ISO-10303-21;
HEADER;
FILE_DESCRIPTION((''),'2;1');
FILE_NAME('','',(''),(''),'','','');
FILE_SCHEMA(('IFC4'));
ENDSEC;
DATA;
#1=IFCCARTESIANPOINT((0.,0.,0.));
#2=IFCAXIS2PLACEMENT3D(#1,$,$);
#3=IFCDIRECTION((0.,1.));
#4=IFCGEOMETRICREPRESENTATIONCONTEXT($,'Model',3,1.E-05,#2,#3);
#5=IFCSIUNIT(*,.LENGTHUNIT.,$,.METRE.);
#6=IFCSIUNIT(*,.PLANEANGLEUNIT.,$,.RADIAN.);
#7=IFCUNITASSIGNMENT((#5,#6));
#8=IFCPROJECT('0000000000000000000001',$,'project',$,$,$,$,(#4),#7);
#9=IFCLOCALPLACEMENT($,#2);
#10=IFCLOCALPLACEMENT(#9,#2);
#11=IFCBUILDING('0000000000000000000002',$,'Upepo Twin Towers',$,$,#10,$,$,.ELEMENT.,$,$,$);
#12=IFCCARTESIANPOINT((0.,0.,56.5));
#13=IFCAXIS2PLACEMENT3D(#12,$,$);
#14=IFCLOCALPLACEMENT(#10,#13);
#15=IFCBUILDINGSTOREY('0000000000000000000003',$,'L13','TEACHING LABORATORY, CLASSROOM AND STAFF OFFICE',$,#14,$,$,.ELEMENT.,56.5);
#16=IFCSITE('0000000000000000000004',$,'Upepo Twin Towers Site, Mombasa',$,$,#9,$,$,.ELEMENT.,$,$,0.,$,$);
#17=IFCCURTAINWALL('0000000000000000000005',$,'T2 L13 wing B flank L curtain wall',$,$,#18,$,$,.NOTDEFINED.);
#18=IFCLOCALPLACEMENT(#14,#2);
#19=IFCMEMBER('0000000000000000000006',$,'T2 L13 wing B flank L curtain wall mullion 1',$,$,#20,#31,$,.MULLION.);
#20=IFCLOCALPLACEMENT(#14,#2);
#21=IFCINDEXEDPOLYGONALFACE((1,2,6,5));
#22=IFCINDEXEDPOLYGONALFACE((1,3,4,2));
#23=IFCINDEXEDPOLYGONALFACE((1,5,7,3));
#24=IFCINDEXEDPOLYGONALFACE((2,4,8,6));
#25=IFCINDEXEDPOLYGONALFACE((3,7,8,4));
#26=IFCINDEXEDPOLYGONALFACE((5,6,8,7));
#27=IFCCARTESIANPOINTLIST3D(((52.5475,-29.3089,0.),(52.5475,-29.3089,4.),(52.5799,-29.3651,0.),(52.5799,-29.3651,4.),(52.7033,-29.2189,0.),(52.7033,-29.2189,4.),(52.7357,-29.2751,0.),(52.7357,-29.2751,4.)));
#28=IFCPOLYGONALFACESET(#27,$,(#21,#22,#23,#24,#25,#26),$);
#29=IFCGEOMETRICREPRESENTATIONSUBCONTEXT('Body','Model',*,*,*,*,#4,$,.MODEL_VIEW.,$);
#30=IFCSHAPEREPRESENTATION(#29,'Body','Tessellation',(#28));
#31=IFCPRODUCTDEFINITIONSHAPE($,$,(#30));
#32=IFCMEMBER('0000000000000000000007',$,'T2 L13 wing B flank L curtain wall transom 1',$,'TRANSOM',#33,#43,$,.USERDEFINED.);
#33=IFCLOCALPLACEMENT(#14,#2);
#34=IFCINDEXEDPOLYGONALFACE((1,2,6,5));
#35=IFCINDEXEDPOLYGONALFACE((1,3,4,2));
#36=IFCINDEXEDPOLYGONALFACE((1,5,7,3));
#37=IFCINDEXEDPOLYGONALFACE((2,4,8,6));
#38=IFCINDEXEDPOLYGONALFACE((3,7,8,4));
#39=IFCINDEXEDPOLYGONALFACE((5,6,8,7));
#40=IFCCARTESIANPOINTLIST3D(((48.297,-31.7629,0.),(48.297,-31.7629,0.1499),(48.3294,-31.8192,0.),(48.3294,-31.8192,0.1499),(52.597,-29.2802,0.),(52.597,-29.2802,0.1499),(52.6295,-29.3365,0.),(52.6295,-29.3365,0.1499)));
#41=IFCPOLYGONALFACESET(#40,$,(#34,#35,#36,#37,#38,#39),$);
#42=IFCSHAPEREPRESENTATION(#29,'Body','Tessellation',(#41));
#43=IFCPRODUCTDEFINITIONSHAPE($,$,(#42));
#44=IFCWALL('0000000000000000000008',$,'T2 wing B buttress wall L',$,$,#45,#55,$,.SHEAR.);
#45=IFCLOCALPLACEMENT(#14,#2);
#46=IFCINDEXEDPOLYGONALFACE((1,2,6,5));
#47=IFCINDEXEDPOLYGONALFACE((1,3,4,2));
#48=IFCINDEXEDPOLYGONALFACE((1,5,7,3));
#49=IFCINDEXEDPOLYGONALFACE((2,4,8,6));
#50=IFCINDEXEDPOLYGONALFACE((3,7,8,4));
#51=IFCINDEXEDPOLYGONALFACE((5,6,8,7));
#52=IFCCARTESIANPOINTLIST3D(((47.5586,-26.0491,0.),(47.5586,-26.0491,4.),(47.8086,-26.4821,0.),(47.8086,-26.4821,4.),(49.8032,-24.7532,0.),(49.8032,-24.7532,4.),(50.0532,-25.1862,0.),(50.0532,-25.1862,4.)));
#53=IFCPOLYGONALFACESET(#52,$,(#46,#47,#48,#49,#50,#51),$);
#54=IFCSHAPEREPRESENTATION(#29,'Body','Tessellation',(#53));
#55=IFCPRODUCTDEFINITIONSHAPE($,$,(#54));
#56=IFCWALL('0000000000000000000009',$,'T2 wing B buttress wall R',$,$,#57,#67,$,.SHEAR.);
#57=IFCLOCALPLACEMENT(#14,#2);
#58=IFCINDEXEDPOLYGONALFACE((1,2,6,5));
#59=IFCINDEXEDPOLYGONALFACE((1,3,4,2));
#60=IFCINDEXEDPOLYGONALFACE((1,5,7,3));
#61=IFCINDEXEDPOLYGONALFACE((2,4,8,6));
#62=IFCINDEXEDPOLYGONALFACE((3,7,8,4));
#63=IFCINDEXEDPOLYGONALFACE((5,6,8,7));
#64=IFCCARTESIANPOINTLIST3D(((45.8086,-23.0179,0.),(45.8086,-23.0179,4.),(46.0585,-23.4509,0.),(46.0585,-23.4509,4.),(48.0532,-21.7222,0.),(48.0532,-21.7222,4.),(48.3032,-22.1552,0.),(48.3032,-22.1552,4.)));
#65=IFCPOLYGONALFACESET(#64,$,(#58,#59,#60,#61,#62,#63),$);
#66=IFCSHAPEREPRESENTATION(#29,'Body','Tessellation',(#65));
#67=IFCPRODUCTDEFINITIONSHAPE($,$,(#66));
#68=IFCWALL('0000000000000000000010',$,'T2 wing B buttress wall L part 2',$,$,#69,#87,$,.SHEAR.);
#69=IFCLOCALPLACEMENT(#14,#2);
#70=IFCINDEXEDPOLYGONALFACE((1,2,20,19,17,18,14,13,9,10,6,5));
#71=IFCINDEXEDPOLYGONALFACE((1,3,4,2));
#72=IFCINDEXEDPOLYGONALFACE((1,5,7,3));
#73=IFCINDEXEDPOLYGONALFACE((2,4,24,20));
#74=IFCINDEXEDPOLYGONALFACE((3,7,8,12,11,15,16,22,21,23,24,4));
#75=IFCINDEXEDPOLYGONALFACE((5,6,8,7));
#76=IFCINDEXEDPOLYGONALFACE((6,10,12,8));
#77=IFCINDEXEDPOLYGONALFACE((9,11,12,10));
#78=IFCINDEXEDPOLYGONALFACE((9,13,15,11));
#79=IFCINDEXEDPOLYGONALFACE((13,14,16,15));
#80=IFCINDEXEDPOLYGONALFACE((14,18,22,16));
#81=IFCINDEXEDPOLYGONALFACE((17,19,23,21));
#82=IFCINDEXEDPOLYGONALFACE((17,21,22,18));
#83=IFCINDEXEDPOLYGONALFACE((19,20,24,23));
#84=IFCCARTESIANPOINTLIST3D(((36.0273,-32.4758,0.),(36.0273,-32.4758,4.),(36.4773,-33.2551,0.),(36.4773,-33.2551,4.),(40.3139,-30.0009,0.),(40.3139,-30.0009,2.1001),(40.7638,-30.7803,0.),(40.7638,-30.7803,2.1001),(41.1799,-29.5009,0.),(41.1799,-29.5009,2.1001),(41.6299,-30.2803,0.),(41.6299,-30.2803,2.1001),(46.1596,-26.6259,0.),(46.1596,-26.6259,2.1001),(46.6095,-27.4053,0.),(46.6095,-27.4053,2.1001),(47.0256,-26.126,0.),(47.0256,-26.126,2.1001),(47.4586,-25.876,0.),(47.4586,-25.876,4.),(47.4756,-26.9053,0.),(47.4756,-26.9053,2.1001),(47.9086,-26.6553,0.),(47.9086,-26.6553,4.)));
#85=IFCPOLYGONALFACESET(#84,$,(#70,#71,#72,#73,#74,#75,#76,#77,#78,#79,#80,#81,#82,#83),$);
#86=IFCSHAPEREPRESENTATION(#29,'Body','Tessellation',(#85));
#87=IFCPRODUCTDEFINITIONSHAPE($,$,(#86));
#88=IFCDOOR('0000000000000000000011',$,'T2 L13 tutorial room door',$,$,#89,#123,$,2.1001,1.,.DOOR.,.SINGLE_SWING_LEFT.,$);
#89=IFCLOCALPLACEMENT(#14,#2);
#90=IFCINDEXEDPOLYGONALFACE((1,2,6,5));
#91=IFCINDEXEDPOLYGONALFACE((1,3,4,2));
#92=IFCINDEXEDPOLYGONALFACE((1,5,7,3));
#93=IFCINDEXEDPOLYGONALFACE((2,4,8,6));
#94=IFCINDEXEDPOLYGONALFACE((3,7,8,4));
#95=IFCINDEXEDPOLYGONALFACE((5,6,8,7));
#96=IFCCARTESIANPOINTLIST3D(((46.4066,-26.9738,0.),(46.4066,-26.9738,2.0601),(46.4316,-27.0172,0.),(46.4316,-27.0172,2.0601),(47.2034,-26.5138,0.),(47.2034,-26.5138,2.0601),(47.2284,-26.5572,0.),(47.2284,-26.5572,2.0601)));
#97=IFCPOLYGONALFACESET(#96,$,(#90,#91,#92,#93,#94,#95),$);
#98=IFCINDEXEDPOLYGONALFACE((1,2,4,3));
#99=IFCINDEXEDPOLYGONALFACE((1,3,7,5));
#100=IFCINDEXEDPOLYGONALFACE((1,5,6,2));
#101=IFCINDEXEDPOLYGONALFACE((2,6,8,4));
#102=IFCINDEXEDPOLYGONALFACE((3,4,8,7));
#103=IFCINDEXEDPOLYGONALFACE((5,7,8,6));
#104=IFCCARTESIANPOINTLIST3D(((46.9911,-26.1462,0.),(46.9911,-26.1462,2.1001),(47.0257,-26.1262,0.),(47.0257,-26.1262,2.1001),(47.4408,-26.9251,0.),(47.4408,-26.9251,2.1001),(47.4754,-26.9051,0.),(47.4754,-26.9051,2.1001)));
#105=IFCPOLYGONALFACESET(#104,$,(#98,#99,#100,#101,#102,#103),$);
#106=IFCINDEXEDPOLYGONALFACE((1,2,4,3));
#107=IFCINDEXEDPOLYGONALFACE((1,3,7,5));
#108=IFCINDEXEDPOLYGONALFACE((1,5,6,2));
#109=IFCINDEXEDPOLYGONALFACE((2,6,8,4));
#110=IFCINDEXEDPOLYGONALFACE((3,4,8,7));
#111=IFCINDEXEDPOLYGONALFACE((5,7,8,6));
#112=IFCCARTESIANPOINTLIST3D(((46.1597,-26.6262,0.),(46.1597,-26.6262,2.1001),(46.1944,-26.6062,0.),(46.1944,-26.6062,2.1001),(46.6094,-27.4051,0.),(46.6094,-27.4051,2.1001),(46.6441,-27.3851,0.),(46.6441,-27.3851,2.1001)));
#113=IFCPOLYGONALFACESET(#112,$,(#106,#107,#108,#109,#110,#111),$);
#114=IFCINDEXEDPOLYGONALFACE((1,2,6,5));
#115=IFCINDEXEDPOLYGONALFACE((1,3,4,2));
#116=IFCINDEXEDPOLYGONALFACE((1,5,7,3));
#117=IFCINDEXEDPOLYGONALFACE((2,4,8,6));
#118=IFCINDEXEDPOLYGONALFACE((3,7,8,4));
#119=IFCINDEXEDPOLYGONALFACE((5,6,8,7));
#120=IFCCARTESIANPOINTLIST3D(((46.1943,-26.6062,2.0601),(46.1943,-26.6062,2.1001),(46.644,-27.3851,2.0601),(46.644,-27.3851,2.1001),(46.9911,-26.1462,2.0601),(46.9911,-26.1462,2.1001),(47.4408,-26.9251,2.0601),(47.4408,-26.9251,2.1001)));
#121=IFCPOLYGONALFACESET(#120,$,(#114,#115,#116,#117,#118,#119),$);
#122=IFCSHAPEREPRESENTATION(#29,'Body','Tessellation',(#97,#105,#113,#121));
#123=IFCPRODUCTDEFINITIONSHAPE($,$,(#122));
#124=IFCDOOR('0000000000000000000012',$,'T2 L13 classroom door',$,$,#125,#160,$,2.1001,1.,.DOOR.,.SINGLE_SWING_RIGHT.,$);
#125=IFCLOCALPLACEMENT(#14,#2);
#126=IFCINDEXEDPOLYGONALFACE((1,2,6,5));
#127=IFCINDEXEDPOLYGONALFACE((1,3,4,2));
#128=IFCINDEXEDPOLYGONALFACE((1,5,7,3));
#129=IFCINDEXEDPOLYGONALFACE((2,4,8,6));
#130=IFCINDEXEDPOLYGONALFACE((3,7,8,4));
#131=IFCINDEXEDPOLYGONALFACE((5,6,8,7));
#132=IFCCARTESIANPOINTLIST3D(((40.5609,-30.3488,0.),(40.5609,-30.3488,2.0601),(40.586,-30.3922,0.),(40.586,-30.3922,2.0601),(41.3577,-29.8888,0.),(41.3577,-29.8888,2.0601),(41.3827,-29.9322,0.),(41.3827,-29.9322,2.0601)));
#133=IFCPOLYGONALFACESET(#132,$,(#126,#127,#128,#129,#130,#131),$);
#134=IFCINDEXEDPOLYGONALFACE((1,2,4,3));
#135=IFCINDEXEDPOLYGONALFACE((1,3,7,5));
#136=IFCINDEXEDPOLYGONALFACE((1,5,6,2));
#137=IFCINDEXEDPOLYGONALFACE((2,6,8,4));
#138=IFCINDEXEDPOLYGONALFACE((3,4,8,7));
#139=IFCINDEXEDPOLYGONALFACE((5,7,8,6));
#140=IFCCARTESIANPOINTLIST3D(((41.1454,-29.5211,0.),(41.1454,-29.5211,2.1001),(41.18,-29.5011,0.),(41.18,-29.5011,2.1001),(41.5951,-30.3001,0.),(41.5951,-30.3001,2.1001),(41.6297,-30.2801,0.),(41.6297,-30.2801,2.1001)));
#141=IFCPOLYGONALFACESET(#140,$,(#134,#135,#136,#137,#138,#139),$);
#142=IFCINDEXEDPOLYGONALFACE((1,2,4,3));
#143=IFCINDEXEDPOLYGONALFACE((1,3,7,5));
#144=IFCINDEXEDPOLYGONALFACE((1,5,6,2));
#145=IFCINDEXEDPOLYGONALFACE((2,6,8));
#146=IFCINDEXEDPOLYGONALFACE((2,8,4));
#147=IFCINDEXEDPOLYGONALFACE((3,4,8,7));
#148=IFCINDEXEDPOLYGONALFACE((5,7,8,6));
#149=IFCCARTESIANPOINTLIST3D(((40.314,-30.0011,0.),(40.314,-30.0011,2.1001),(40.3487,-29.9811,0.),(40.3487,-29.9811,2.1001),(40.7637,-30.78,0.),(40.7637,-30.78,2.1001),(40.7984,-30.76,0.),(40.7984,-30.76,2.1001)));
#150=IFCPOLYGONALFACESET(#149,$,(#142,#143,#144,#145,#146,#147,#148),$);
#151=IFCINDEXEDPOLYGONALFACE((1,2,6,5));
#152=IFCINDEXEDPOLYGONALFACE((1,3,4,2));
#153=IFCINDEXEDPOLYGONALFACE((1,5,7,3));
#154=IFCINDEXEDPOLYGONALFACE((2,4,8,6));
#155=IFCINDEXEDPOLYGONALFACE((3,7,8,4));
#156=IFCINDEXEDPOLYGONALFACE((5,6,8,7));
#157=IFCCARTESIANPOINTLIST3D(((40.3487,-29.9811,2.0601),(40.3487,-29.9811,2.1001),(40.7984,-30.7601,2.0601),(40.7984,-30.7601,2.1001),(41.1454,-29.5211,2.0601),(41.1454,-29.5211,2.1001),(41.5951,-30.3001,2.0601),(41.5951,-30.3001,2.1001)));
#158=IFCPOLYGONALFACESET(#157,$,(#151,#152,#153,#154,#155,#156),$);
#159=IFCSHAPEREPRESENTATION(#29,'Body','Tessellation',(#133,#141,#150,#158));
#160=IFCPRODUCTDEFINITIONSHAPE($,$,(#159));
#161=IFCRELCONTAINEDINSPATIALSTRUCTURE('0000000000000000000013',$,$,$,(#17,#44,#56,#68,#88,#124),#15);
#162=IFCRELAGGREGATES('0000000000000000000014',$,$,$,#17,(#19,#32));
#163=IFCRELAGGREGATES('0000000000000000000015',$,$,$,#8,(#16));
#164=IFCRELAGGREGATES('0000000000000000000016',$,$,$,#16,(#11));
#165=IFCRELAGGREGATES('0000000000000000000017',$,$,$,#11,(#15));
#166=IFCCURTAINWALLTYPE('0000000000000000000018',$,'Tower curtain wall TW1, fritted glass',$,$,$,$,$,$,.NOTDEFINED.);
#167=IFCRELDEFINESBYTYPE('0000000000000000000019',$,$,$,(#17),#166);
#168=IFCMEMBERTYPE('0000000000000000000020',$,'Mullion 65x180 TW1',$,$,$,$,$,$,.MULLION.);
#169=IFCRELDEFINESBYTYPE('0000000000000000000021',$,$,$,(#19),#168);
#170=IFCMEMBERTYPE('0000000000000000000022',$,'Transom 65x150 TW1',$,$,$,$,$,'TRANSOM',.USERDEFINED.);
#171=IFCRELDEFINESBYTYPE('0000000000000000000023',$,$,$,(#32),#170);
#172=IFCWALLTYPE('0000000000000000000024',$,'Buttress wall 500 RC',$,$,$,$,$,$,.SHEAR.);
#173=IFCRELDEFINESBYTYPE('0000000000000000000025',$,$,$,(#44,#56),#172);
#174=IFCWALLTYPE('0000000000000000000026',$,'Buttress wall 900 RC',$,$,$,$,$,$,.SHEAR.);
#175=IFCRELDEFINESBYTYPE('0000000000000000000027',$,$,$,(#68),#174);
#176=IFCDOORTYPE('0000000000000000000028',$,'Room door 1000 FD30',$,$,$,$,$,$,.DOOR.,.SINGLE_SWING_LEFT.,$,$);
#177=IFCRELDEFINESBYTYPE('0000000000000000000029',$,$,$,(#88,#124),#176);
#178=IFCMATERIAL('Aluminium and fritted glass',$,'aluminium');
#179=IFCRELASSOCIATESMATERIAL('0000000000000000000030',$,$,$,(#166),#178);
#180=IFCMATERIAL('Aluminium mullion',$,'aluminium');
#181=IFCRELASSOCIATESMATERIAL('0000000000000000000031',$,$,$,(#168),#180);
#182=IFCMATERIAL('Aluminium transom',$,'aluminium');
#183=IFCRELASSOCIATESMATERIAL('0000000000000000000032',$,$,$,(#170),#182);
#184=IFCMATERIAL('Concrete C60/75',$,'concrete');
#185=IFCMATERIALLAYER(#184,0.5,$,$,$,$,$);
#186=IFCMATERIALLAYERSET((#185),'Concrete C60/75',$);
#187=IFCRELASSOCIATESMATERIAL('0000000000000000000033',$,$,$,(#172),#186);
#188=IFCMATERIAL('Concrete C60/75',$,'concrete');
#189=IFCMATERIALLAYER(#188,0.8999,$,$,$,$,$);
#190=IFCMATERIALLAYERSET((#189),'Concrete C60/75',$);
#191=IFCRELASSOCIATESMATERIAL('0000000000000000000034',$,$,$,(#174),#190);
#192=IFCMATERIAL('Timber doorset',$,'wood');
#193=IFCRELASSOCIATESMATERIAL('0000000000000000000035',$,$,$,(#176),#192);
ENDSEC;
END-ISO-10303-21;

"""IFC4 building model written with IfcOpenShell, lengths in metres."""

from ifc_helpers import new_model, si_unit, direction, frame, frame_2d, origin, origin_2d, place, context, subcontext, project, spatial, rectangle, extrude, material, layer, layer_set, material_profile, profile_set, type_object, element, fill, aggregate, save


model = new_model("IFC4")

# Units and contexts
model_context = context("Model", 3, precision=1e-05, world=origin(), true_north=direction((0.0, 1.0)))
body_context = subcontext(model_context, "Body", "Model", "MODEL_VIEW")
ifc_project = project(units=[si_unit("LENGTHUNIT", "METRE"), si_unit("PLANEANGLEUNIT", "RADIAN")], contexts=[model_context])

# Site, building, storey
site_placement = place(None, origin())
site = spatial("IfcSite", under=ifc_project, at=site_placement, Name="Upepo Twin Towers Site, Mombasa", CompositionType="ELEMENT", RefElevation=0.0)
building_placement = place(site_placement, origin())
building = spatial("IfcBuilding", under=site, at=building_placement, Name="Upepo Twin Towers", CompositionType="ELEMENT")
storey_placement = place(building_placement, frame((0.0, 0.0, 56.5)))
storey = spatial("IfcBuildingStorey", under=building, at=storey_placement, Name="L13", Description="TEACHING LABORATORY, CLASSROOM AND STAFF OFFICE", CompositionType="ELEMENT", Elevation=56.5)

# Curtain wall, members
ifc_material_1 = material(Name="Aluminium and fritted glass", Category="aluminium")
curtain_wall_type = type_object("IfcCurtainWallType", Name="Tower curtain wall TW1, fritted glass", PredefinedType="NOTDEFINED", material=ifc_material_1)
curtain_wall_placement = place(storey_placement, origin())
curtain_wall = element("IfcCurtainWall", 1, at=curtain_wall_placement, inside=storey, type_object=curtain_wall_type, Name="T2 L13 wing B flank L curtain wall", PredefinedType="NOTDEFINED")
ifc_material_2 = material(Name="Aluminium mullion", Category="aluminium")
ifc_material_profile_1 = material_profile(ifc_material_2, rectangle(XDim=0.0649, YDim=0.1799, at=origin_2d()), Name="MULLION 65x180")
ifc_profile_set_1 = profile_set([ifc_material_profile_1], Name="Aluminium mullion")
member_type_1 = type_object("IfcMemberType", Name="Mullion 65x180 TW1", PredefinedType="MULLION", material=ifc_profile_set_1)
member_1_placement = place(storey_placement, frame((52.6416, -29.292, 0.0), z_axis=(0.0, 0.0, 1.0), x_axis=(0.5, -0.866025, 0.0)))
member_1 = element("IfcMember", 2, at=member_1_placement, type_object=member_type_1, Name="T2 L13 wing B flank L curtain wall mullion 1", PredefinedType="MULLION", context=body_context, shape_type="SweptSolid", body=[
    extrude(rectangle(XDim=0.0649, YDim=0.1799, at=origin_2d()), origin(), (0.0, 0.0, 1.0), 4.0),
])
ifc_material_3 = material(Name="Aluminium transom", Category="aluminium")
ifc_material_profile_2 = material_profile(ifc_material_3, rectangle(XDim=0.0649, YDim=0.1499, at=origin_2d()), Name="TRANSOM 65x150")
ifc_profile_set_2 = profile_set([ifc_material_profile_2], Name="Aluminium transom")
member_type_2 = type_object("IfcMemberType", Name="Transom 65x150 TW1", ElementType="TRANSOM", PredefinedType="USERDEFINED", material=ifc_profile_set_2)
member_2_placement = place(storey_placement, frame((52.6133, -29.3083, 0.075), z_axis=(-0.866023, -0.500005, 0.0), x_axis=(0.500005, -0.866023, 0.0)))
member_2 = element("IfcMember", 3, at=member_2_placement, type_object=member_type_2, Name="T2 L13 wing B flank L curtain wall transom 1", ObjectType="TRANSOM", PredefinedType="USERDEFINED", context=body_context, shape_type="SweptSolid", body=[
    extrude(rectangle(XDim=0.0649, YDim=0.1499, at=origin_2d()), origin(), (0.0, 0.0, 1.0), 4.9653),
])
aggregate(curtain_wall, [member_1, member_2])

# Walls
ifc_material_4 = material(Name="Concrete C60/75", Category="concrete")
ifc_layer_1 = layer(ifc_material_4, 0.5)
ifc_layer_set_1 = layer_set([ifc_layer_1], Name="Concrete C60/75")
wall_type_1 = type_object("IfcWallType", Name="Buttress wall 500 RC", PredefinedType="SHEAR", material=ifc_layer_set_1)
for number, where, z_axis, x_axis, name in (
    (4, (49.9282, -24.9697, 0.0), (0.0, 0.0, 1.0), (-0.866032, -0.499989, 0.0), "T2 wing B buttress wall L"),
    (5, (48.1782, -21.9387, 0.0), (0.0, 0.0, 1.0), (-0.866073, -0.499918, 0.0), "T2 wing B buttress wall R"),
):
    element("IfcWall", number, at=place(storey_placement, frame(where, z_axis=z_axis, x_axis=x_axis)), inside=storey, type_object=wall_type_1, Name=name, PredefinedType="SHEAR", context=body_context, shape_type="SweptSolid", body=[
        extrude(rectangle(XDim=2.5918, YDim=0.5, at=frame_2d((1.2959, 0.0))), origin(), (0.0, 0.0, 1.0), 4.0),
    ])

# Wall, openings, doors
ifc_material_5 = material(Name="Concrete C60/75", Category="concrete")
ifc_layer_2 = layer(ifc_material_5, 0.8999)
ifc_layer_set_2 = layer_set([ifc_layer_2], Name="Concrete C60/75")
wall_type_2 = type_object("IfcWallType", Name="Buttress wall 900 RC", PredefinedType="SHEAR", material=ifc_layer_set_2)
wall_1_placement = place(storey_placement, frame((47.6836, -26.2656, 0.0), z_axis=(0.0, 0.0, 1.0), x_axis=(-0.866028, -0.499996, 0.0)))
wall_1 = element("IfcWall", 6, at=wall_1_placement, inside=storey, type_object=wall_type_2, Name="T2 wing B buttress wall L part 2", PredefinedType="SHEAR", context=body_context, shape_type="SweptSolid", body=[
    extrude(rectangle(XDim=13.1997, YDim=0.8999, at=frame_2d((6.5999, 0.0))), origin(), (0.0, 0.0, 1.0), 4.0),
])
opening_1_placement = place(wall_1_placement, frame((0.5, 0.0, 0.0)))
opening_1 = element("IfcOpeningElement", 7, at=opening_1_placement, cuts=wall_1, PredefinedType="OPENING", context=body_context, shape_type="SweptSolid", body=[
    extrude(rectangle(XDim=1.0, YDim=2.1001, at=frame_2d((0.5, 1.05))), frame((0.0, 0.46, 0.0), z_axis=(0.0, -1.0, 0.0), x_axis=(1.0, 0.0, 0.0)), (0.0, 0.0, 1.0), 0.9199),
])
opening_2_placement = place(wall_1_placement, frame((7.25, 0.0, 0.0)))
opening_2 = element("IfcOpeningElement", 8, at=opening_2_placement, cuts=wall_1, PredefinedType="OPENING", context=body_context, shape_type="SweptSolid", body=[
    extrude(rectangle(XDim=1.0, YDim=2.1001, at=frame_2d((0.5, 1.05))), frame((0.0, 0.46, 0.0), z_axis=(0.0, -1.0, 0.0), x_axis=(1.0, 0.0, 0.0)), (0.0, 0.0, 1.0), 0.9199),
])
ifc_material_6 = material(Name="Timber doorset", Category="wood")
door_type_1 = type_object("IfcDoorType", Name="Room door 1000 FD30", OperationType="SINGLE_SWING_LEFT", PredefinedType="DOOR", material=ifc_material_6)
door_1_placement = place(opening_1_placement, origin())
door_1 = element("IfcDoor", 9, at=door_1_placement, inside=storey, type_object=door_type_1, Name="T2 L13 tutorial room door", OperationType="SINGLE_SWING_LEFT", OverallHeight=2.1001, OverallWidth=1.0, PredefinedType="DOOR", context=body_context, shape_type="SweptSolid", body=[
    extrude(rectangle(XDim=0.92, YDim=2.0601, at=frame_2d((0.5, 1.03))), frame((0.0, 0.0249, 0.0), z_axis=(0.0, -1.0, 0.0), x_axis=(1.0, 0.0, 0.0)), (0.0, 0.0, 1.0), 0.05),
    extrude(rectangle(XDim=0.04, YDim=2.1001, at=frame_2d((0.02, 1.05))), frame((0.0, 0.4497, 0.0), z_axis=(0.0, -1.0, 0.0), x_axis=(1.0, 0.0, 0.0)), (0.0, 0.0, 1.0), 0.8994),
    extrude(rectangle(XDim=0.04, YDim=2.1001, at=frame_2d((0.98, 1.05))), frame((0.0, 0.4497, 0.0), z_axis=(0.0, -1.0, 0.0), x_axis=(1.0, 0.0, 0.0)), (0.0, 0.0, 1.0), 0.8994),
    extrude(rectangle(XDim=0.92, YDim=0.04, at=frame_2d((0.5, 2.0801))), frame((0.0, 0.4497, 0.0), z_axis=(0.0, -1.0, 0.0), x_axis=(1.0, 0.0, 0.0)), (0.0, 0.0, 1.0), 0.8994),
])
fill(opening_1, door_1)
door_2_placement = place(opening_2_placement, origin())
door_2 = element("IfcDoor", 10, at=door_2_placement, inside=storey, type_object=door_type_1, Name="T2 L13 classroom door", OperationType="SINGLE_SWING_RIGHT", OverallHeight=2.1001, OverallWidth=1.0, PredefinedType="DOOR", context=body_context, shape_type="SweptSolid", body=[
    extrude(rectangle(XDim=0.92, YDim=2.0601, at=frame_2d((0.5, 1.03))), frame((0.0, 0.0249, 0.0), z_axis=(0.0, -1.0, 0.0), x_axis=(1.0, 0.0, 0.0)), (0.0, 0.0, 1.0), 0.05),
    extrude(rectangle(XDim=0.04, YDim=2.1001, at=frame_2d((0.02, 1.05))), frame((0.0, 0.4497, 0.0), z_axis=(0.0, -1.0, 0.0), x_axis=(1.0, 0.0, 0.0)), (0.0, 0.0, 1.0), 0.8994),
    extrude(rectangle(XDim=0.04, YDim=2.1001, at=frame_2d((0.98, 1.05))), frame((0.0, 0.4497, 0.0), z_axis=(0.0, -1.0, 0.0), x_axis=(1.0, 0.0, 0.0)), (0.0, 0.0, 1.0), 0.8994),
    extrude(rectangle(XDim=0.92, YDim=0.04, at=frame_2d((0.5, 2.0801))), frame((0.0, 0.4497, 0.0), z_axis=(0.0, -1.0, 0.0), x_axis=(1.0, 0.0, 0.0)), (0.0, 0.0, 1.0), 0.8994),
])
fill(opening_2, door_2)

save(model, "model.ifc")
